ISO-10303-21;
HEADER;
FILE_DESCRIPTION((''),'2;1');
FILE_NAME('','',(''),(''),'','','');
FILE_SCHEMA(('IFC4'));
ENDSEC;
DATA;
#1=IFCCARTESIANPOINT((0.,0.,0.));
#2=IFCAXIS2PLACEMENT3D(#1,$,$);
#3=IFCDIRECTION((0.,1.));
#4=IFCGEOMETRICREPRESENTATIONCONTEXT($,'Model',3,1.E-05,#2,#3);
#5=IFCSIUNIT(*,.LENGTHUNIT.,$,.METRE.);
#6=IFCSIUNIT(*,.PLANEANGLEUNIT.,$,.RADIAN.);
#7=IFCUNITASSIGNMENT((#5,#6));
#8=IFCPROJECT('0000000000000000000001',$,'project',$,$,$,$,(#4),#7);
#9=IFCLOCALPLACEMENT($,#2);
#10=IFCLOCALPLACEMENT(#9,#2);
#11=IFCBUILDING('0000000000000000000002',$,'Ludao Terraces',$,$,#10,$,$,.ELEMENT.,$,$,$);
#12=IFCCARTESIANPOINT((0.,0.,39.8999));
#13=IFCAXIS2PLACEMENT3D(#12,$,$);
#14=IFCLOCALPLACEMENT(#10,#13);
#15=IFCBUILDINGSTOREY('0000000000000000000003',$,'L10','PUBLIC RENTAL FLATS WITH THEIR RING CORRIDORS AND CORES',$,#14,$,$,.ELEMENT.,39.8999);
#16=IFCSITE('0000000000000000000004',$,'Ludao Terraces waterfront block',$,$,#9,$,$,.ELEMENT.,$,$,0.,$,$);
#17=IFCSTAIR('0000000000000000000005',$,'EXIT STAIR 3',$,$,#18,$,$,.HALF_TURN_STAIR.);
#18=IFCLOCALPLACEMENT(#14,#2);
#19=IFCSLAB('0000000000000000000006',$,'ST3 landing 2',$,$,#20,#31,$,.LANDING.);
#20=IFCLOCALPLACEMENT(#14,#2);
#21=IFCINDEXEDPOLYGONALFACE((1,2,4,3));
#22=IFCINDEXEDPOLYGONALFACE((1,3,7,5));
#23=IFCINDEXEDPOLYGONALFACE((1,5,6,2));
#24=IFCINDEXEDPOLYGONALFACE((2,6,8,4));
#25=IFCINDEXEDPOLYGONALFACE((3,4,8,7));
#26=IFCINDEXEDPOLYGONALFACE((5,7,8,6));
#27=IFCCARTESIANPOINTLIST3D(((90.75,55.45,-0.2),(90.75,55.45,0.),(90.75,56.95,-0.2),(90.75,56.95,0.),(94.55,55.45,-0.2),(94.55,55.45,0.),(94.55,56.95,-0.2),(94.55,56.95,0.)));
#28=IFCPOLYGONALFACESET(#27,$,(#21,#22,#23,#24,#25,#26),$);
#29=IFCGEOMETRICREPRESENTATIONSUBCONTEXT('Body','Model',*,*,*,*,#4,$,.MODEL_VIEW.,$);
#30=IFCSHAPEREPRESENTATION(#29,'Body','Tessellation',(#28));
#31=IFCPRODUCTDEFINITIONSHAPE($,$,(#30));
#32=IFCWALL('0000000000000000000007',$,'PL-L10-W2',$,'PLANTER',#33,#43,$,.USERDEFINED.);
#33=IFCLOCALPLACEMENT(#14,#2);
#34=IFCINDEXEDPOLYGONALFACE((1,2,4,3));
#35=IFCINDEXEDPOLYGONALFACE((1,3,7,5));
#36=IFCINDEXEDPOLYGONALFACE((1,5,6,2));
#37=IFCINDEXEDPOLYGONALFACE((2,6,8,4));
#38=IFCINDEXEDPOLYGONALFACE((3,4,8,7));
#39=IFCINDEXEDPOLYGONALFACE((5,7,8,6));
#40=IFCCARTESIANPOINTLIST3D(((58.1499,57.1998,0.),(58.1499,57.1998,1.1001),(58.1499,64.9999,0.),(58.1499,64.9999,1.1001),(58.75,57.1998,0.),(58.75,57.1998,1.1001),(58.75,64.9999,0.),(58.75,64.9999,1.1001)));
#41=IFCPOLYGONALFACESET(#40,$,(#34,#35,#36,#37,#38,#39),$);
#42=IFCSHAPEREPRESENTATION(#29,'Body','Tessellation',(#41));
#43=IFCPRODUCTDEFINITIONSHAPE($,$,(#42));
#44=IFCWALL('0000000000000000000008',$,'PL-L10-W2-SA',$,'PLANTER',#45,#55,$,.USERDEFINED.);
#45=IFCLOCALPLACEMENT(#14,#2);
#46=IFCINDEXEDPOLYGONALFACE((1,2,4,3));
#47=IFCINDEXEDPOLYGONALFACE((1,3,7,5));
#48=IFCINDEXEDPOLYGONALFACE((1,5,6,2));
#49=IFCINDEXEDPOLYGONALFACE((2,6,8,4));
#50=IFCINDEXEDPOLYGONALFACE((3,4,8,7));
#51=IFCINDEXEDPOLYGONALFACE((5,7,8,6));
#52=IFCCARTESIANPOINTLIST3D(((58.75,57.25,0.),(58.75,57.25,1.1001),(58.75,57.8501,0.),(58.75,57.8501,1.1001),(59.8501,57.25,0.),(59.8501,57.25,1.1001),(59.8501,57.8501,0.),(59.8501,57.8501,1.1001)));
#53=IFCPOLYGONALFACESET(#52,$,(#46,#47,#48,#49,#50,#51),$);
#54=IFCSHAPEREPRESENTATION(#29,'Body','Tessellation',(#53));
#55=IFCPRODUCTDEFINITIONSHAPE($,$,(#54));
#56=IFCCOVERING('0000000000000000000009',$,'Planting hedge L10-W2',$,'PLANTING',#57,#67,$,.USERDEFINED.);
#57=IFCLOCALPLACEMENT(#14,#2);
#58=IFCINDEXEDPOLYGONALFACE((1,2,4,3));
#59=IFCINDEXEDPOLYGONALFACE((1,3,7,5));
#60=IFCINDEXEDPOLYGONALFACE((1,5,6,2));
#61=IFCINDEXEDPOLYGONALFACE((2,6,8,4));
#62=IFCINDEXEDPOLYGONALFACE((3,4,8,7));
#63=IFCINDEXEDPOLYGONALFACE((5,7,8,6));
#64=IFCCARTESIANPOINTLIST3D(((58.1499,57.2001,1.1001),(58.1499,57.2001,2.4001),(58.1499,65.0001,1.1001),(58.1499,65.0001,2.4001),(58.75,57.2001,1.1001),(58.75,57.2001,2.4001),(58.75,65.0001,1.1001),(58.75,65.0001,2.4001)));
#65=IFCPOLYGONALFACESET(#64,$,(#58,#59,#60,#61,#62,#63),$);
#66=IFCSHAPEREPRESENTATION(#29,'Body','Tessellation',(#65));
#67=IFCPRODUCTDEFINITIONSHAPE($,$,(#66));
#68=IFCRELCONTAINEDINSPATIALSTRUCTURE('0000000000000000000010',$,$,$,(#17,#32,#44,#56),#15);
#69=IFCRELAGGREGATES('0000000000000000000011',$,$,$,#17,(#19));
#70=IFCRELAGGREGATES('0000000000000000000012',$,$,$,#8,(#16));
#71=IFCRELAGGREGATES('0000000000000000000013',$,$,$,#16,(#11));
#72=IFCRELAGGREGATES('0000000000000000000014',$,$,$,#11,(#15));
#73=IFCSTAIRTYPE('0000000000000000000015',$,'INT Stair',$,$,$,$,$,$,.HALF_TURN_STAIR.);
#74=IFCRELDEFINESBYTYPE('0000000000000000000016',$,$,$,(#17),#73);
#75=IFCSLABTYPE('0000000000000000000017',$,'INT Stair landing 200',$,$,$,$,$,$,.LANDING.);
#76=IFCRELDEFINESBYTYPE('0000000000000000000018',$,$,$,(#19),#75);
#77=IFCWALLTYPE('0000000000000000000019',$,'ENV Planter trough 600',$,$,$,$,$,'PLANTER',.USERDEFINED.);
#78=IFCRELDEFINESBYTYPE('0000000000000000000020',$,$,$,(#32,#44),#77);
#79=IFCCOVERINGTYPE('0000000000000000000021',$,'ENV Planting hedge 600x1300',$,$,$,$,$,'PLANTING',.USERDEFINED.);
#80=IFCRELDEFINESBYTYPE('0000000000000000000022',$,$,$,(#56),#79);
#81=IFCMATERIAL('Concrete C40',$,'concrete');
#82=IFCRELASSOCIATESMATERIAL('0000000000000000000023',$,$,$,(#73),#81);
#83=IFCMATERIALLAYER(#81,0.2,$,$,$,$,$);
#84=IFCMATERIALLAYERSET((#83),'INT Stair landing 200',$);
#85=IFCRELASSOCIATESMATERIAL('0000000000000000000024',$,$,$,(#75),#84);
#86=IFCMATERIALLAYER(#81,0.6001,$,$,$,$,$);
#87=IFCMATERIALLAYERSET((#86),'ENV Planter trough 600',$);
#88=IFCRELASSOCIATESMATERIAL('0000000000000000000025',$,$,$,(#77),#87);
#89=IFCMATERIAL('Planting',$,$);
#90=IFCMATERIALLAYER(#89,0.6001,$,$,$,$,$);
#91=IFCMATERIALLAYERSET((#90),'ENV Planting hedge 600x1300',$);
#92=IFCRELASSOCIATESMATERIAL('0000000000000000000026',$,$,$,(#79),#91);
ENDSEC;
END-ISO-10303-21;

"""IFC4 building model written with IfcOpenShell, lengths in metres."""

from ifc_helpers import new_model, si_unit, direction, frame, frame_2d, origin, origin_2d, place, context, subcontext, project, spatial, polyline, rectangle, outline, extrude, material, layer, layer_set, type_object, element, aggregate, save


model = new_model("IFC4")

# Units and contexts
model_context = context("Model", 3, precision=1e-05, world=origin(), true_north=direction((0.0, 1.0)))
body_context = subcontext(model_context, "Body", "Model", "MODEL_VIEW")
ifc_project = project(units=[si_unit("LENGTHUNIT", "METRE"), si_unit("PLANEANGLEUNIT", "RADIAN")], contexts=[model_context])

# Site, building, storey
site_placement = place(None, origin())
site = spatial("IfcSite", under=ifc_project, at=site_placement, Name="Ludao Terraces waterfront block", CompositionType="ELEMENT", RefElevation=0.0)
building_placement = place(site_placement, origin())
building = spatial("IfcBuilding", under=site, at=building_placement, Name="Ludao Terraces", CompositionType="ELEMENT")
storey_placement = place(building_placement, frame((0.0, 0.0, 39.8999)))
storey = spatial("IfcBuildingStorey", under=building, at=storey_placement, Name="L10", Description="PUBLIC RENTAL FLATS WITH THEIR RING CORRIDORS AND CORES", CompositionType="ELEMENT", Elevation=39.8999)

# Shared definitions
ifc_material_1 = material(Name="Concrete C40", Category="concrete")

# Stair, slab
stair_type = type_object("IfcStairType", Name="INT Stair", PredefinedType="HALF_TURN_STAIR", material=ifc_material_1)
ifc_layer_1 = layer(ifc_material_1, 0.2)
ifc_layer_set_1 = layer_set([ifc_layer_1], Name="INT Stair landing 200")
slab_type_1 = type_object("IfcSlabType", Name="INT Stair landing 200", PredefinedType="LANDING", material=ifc_layer_set_1)
stair_1_placement = place(storey_placement, origin())
stair_1 = element("IfcStair", 1, at=stair_1_placement, inside=storey, type_object=stair_type, Name="EXIT STAIR 3", PredefinedType="HALF_TURN_STAIR")
slab_1_placement = place(storey_placement, frame((0.0, 0.0, -0.2)))
slab_1 = element("IfcSlab", 2, at=slab_1_placement, type_object=slab_type_1, Name="ST3 landing 2", PredefinedType="LANDING", context=body_context, shape_type="SweptSolid", body=[
    extrude(outline(polyline([(90.75, 55.45), (94.55, 55.45), (94.55, 56.95), (90.75, 56.95), (90.75, 55.45)])), origin(), (0.0, 0.0, 1.0), 0.2),
])
aggregate(stair_1, [slab_1])

# Walls
ifc_layer_2 = layer(ifc_material_1, 0.6001)
ifc_layer_set_2 = layer_set([ifc_layer_2], Name="ENV Planter trough 600")
wall_type = type_object("IfcWallType", Name="ENV Planter trough 600", ElementType="PLANTER", PredefinedType="USERDEFINED", material=ifc_layer_set_2)
wall_1_placement = place(storey_placement, frame((58.45, 57.2, 0.0), z_axis=(0.0, 0.0, 1.0), x_axis=(0.0, 1.0, 0.0)))
element("IfcWall", 3, at=wall_1_placement, inside=storey, type_object=wall_type, Name="PL-L10-W2", ObjectType="PLANTER", PredefinedType="USERDEFINED", context=body_context, shape_type="SweptSolid", body=[
    extrude(rectangle(XDim=7.8, YDim=0.6001, at=frame_2d((3.8999, 0.0))), origin(), (0.0, 0.0, 1.0), 1.1001),
])
wall_2_placement = place(storey_placement, frame((58.75, 57.55, 0.0), z_axis=(0.0, 0.0, 1.0), x_axis=(1.0, 0.0, 0.0)))
element("IfcWall", 4, at=wall_2_placement, inside=storey, type_object=wall_type, Name="PL-L10-W2-SA", ObjectType="PLANTER", PredefinedType="USERDEFINED", context=body_context, shape_type="SweptSolid", body=[
    extrude(rectangle(XDim=1.1001, YDim=0.6001, at=frame_2d((0.55, 0.0))), origin(), (0.0, 0.0, 1.0), 1.1001),
])

# Covering
ifc_material_2 = material(Name="Planting")
ifc_layer_3 = layer(ifc_material_2, 0.6001)
ifc_layer_set_3 = layer_set([ifc_layer_3], Name="ENV Planting hedge 600x1300")
covering_type = type_object("IfcCoveringType", Name="ENV Planting hedge 600x1300", ElementType="PLANTING", PredefinedType="USERDEFINED", material=ifc_layer_set_3)
covering_placement = place(storey_placement, frame((58.45, 61.1001, 1.1001), z_axis=(0.0, 0.0, 1.0), x_axis=(1.0, 0.0, 0.0)))
element("IfcCovering", 5, at=covering_placement, inside=storey, type_object=covering_type, Name="Planting hedge L10-W2", ObjectType="PLANTING", PredefinedType="USERDEFINED", context=body_context, shape_type="SweptSolid", body=[
    extrude(rectangle(XDim=0.6001, YDim=7.8, at=origin_2d()), origin(), (0.0, 0.0, 1.0), 1.3),
])

save(model, "model.ifc")
